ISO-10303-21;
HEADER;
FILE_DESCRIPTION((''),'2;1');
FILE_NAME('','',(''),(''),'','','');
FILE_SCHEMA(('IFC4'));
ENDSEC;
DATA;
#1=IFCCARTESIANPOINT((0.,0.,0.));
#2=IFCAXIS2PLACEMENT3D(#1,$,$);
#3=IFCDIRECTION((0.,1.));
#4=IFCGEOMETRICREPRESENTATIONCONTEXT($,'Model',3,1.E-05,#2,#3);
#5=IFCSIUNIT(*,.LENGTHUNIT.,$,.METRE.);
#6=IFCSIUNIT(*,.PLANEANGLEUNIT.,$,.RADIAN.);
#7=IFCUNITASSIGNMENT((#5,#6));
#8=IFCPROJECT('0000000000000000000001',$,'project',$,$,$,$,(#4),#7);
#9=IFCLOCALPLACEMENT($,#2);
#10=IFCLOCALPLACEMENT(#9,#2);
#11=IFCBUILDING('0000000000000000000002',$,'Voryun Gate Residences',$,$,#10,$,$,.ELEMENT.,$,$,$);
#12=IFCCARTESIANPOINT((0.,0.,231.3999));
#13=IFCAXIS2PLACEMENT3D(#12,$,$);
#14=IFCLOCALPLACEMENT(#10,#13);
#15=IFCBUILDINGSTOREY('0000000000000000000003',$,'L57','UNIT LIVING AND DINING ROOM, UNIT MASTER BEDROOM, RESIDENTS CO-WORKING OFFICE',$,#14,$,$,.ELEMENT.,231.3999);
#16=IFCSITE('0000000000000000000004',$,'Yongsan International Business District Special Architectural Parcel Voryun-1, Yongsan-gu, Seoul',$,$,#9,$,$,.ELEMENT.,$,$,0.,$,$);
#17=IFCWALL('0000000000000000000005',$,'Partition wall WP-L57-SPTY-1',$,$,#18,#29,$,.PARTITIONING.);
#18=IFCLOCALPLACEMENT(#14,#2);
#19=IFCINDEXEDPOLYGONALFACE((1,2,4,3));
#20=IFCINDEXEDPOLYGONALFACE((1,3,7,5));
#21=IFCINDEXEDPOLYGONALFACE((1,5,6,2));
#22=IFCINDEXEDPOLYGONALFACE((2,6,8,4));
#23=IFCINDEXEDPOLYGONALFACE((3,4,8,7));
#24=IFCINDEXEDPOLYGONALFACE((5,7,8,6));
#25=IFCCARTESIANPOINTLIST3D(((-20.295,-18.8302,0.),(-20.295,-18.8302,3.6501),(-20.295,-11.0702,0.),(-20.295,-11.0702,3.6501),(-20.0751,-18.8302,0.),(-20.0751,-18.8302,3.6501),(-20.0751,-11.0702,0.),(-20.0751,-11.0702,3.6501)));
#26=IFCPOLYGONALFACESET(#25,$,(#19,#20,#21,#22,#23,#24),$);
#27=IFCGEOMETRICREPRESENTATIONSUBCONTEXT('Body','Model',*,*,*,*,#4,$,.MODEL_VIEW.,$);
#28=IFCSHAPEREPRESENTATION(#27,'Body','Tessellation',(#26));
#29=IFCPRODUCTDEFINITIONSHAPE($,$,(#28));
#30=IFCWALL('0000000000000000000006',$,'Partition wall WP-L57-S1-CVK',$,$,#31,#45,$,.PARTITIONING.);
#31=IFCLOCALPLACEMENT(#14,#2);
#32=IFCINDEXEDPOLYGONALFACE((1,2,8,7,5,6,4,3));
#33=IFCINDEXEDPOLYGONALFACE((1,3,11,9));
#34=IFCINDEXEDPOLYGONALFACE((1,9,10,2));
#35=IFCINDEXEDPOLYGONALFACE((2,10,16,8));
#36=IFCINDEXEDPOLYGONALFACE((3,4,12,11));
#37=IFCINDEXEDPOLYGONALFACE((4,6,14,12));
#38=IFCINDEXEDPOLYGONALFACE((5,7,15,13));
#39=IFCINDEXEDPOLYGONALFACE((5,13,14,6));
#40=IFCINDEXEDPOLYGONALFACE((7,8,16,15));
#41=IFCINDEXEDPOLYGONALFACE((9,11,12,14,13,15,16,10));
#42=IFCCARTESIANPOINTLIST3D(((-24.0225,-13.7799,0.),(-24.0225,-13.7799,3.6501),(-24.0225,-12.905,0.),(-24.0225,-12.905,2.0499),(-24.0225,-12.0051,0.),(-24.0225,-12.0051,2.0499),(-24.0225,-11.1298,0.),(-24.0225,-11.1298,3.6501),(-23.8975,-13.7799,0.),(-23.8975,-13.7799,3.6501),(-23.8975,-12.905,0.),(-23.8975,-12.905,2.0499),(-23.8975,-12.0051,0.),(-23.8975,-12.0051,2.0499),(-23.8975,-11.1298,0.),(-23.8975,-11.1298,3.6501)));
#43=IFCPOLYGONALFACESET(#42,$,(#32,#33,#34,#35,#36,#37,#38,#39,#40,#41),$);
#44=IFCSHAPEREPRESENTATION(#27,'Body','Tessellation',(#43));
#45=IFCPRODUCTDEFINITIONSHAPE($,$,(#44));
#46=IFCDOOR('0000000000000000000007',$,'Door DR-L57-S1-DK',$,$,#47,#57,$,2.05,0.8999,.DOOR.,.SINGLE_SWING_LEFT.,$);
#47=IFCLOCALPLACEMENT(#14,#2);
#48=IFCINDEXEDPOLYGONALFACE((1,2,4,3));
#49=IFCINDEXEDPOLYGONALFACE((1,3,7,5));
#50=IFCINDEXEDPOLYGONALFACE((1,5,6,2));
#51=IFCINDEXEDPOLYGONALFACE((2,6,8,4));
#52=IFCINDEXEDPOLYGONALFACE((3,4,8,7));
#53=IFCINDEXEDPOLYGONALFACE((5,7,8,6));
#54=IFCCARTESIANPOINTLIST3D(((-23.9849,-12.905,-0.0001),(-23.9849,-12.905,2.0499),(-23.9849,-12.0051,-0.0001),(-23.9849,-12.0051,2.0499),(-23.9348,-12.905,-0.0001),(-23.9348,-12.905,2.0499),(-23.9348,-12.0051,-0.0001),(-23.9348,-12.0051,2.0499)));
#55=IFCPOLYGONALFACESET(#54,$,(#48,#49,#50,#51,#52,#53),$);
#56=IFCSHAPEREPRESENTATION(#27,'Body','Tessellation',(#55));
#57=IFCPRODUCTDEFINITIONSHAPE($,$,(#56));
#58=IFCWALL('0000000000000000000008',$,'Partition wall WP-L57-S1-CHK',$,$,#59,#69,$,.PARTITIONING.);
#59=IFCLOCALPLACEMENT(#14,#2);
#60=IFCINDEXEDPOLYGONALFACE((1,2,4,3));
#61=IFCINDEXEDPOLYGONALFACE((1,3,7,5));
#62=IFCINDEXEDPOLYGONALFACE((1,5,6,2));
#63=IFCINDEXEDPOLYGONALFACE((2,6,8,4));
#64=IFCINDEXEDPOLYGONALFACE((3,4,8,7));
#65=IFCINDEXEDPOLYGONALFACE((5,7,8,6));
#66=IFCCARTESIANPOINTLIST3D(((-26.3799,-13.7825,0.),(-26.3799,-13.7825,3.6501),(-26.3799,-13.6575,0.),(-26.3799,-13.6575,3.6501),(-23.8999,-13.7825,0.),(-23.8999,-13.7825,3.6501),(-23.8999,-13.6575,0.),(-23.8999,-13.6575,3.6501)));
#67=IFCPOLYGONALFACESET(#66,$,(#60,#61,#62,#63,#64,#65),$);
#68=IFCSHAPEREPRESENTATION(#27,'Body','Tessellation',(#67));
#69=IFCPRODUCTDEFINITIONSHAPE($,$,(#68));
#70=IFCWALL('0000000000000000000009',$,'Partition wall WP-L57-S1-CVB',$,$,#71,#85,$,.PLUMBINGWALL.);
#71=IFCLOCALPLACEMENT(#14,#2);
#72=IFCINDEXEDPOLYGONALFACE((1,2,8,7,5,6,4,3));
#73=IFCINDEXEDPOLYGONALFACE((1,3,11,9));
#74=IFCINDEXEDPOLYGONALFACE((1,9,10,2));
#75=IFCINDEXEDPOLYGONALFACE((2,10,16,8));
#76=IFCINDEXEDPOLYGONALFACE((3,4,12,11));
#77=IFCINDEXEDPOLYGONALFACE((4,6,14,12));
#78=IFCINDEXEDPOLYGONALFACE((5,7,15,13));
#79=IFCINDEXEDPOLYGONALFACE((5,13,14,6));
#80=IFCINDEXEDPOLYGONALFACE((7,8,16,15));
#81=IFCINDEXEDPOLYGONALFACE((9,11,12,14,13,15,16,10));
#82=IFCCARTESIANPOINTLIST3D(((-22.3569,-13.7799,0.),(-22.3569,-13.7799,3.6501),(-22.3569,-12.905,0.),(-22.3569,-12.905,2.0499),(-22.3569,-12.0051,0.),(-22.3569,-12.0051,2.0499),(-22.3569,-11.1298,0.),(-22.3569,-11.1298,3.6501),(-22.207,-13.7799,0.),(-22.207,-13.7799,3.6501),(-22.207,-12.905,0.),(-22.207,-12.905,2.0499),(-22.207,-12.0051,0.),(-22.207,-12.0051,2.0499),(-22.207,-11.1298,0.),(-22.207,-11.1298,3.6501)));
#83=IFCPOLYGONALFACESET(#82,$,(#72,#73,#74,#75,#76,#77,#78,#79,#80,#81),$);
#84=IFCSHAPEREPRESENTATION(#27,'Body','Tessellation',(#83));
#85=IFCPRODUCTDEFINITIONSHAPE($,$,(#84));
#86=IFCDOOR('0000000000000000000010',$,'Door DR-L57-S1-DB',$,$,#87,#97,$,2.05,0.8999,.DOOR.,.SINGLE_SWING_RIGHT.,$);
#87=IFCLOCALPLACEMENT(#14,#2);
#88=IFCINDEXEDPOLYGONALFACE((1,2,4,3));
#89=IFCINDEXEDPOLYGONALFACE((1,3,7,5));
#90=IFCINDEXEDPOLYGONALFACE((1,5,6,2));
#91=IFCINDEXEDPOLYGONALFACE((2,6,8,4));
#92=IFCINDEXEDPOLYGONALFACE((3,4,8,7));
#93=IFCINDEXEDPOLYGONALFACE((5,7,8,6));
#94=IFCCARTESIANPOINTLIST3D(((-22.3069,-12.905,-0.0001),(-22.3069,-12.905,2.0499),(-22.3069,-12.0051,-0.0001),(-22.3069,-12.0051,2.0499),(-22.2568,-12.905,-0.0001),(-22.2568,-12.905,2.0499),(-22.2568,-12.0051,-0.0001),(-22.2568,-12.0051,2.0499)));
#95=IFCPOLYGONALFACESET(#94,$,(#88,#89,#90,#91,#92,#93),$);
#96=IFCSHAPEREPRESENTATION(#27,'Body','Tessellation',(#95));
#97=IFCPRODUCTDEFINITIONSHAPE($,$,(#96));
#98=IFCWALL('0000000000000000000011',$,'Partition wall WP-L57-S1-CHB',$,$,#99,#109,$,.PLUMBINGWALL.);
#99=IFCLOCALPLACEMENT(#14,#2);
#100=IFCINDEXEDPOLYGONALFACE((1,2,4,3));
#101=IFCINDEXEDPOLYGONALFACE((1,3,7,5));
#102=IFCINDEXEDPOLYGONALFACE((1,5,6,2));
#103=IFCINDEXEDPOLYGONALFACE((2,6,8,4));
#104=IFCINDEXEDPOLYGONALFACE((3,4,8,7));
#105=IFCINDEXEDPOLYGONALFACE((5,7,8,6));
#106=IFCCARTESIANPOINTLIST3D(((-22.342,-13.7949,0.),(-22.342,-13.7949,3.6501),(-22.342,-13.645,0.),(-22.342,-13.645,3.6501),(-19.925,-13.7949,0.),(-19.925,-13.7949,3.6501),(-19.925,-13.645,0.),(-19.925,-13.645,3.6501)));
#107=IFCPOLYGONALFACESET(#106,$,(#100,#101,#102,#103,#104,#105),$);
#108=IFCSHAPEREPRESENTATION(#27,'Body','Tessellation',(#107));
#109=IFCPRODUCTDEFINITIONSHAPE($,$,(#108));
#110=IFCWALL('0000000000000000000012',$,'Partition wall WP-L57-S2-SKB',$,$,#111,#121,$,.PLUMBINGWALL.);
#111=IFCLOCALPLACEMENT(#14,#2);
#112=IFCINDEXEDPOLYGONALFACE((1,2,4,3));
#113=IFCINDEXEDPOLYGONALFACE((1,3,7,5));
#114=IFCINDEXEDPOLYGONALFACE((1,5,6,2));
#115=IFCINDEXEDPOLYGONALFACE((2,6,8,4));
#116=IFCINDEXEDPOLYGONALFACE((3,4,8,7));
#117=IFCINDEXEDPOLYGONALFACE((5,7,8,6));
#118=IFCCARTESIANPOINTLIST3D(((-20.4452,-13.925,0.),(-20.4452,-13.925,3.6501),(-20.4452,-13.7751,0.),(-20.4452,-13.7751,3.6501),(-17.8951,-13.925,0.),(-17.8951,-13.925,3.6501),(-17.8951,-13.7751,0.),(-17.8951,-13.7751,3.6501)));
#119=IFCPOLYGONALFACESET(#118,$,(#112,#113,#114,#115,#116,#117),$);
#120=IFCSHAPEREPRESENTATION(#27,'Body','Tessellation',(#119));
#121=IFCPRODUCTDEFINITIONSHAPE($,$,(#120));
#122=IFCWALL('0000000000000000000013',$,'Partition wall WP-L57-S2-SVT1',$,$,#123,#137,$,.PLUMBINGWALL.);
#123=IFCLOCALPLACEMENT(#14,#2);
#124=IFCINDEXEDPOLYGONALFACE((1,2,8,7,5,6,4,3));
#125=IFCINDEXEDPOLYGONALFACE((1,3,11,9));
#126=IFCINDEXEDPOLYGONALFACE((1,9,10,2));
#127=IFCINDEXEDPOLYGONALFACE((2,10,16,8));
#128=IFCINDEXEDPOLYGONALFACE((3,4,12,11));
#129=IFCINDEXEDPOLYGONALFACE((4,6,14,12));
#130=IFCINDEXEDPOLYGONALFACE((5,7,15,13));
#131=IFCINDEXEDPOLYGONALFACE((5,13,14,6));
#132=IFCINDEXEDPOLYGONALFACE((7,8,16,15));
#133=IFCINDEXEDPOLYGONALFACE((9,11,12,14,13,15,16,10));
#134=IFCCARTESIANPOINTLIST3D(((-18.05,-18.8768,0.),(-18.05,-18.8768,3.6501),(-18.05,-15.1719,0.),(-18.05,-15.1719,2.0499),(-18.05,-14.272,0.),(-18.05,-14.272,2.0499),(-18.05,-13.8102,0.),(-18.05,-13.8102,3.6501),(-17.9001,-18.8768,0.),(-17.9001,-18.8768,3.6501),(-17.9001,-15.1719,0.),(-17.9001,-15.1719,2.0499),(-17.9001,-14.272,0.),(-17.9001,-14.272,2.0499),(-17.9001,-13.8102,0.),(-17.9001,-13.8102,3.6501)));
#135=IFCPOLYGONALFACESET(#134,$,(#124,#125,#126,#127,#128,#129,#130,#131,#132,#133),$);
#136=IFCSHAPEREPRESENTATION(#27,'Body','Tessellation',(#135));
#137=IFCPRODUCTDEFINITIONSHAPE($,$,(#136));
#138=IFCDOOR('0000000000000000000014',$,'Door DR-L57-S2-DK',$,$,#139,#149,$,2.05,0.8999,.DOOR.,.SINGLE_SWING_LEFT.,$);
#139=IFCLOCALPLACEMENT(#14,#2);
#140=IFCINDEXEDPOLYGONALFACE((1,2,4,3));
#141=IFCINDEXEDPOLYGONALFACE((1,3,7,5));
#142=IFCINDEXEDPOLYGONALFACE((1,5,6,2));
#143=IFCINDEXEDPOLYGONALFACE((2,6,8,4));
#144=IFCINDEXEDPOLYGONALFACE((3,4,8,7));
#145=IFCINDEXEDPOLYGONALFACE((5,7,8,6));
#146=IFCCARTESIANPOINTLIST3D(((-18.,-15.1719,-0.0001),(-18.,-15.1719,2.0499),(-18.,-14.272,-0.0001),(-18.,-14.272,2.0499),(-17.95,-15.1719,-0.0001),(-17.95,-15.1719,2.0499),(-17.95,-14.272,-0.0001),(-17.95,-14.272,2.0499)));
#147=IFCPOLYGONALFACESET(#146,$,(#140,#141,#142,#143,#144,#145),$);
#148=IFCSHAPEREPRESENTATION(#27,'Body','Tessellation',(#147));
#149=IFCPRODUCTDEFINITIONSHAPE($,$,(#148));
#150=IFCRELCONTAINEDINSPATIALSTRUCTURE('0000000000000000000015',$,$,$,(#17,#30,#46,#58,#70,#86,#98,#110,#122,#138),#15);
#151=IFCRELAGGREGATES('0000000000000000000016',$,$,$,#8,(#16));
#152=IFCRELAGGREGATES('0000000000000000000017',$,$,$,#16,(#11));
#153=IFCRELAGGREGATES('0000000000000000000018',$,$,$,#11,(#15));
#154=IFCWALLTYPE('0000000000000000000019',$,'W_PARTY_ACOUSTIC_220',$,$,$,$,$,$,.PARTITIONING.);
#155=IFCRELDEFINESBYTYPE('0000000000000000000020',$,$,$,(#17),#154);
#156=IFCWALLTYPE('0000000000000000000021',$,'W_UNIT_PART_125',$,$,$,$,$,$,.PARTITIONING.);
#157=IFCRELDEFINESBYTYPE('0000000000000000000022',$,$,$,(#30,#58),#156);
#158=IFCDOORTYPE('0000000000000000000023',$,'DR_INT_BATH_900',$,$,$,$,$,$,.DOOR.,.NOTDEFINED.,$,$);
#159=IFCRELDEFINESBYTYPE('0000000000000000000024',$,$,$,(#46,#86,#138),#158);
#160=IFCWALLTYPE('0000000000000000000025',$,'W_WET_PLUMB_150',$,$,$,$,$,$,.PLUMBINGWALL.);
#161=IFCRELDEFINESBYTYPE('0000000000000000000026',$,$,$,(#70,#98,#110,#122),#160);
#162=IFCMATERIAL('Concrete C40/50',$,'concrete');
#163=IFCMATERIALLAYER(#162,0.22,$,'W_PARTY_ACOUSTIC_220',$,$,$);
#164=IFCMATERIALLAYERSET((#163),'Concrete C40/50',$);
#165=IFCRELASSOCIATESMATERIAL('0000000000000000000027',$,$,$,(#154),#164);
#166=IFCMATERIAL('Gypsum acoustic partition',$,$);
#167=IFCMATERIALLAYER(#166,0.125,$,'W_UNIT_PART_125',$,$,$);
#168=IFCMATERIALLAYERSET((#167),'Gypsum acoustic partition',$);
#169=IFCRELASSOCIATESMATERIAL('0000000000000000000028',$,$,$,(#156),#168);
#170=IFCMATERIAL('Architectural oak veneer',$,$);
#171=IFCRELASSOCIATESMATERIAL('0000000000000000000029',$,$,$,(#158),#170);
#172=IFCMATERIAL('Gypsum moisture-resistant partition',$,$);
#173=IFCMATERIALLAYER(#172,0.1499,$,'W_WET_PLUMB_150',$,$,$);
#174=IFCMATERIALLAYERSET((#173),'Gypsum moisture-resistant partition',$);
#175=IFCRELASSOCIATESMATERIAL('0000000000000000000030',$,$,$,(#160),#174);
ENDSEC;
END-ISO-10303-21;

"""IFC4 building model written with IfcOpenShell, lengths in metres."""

from ifc_helpers import new_model, si_unit, direction, frame, frame_2d, origin, place, context, subcontext, project, spatial, rectangle, extrude, material, layer, layer_set, type_object, element, fill, save


model = new_model("IFC4")

# Units and contexts
model_context = context("Model", 3, precision=1e-05, world=origin(), true_north=direction((0.0, 1.0)))
body_context = subcontext(model_context, "Body", "Model", "MODEL_VIEW")
ifc_project = project(units=[si_unit("LENGTHUNIT", "METRE"), si_unit("PLANEANGLEUNIT", "RADIAN")], contexts=[model_context])

# Site, building, storey
site_placement = place(None, origin())
site = spatial("IfcSite", under=ifc_project, at=site_placement, Name="Yongsan International Business District Special Architectural Parcel Voryun-1, Yongsan-gu, Seoul", CompositionType="ELEMENT", RefElevation=0.0)
building_placement = place(site_placement, origin())
building = spatial("IfcBuilding", under=site, at=building_placement, Name="Voryun Gate Residences", CompositionType="ELEMENT")
storey_placement = place(building_placement, frame((0.0, 0.0, 231.3999)))
storey = spatial("IfcBuildingStorey", under=building, at=storey_placement, Name="L57", Description="UNIT LIVING AND DINING ROOM, UNIT MASTER BEDROOM, RESIDENTS CO-WORKING OFFICE", CompositionType="ELEMENT", Elevation=231.3999)

# Wall
ifc_material_1 = material(Name="Concrete C40/50", Category="concrete")
ifc_layer_1 = layer(ifc_material_1, 0.22, Name="W_PARTY_ACOUSTIC_220")
ifc_layer_set_1 = layer_set([ifc_layer_1], Name="Concrete C40/50")
wall_type_1 = type_object("IfcWallType", Name="W_PARTY_ACOUSTIC_220", PredefinedType="PARTITIONING", material=ifc_layer_set_1)
wall_1_placement = place(storey_placement, frame((-20.1851, -18.8301, 0.0), z_axis=(0.0, 0.0, 1.0), x_axis=(0.0, 1.0, 0.0)))
element("IfcWall", 1, at=wall_1_placement, inside=storey, type_object=wall_type_1, Name="Partition wall WP-L57-SPTY-1", PredefinedType="PARTITIONING", context=body_context, shape_type="SweptSolid", body=[
    extrude(rectangle(XDim=7.76, YDim=0.22, at=frame_2d((3.8799, 0.0))), origin(), (0.0, 0.0, 1.0), 3.6501),
])

# Wall, opening, door
ifc_material_2 = material(Name="Gypsum acoustic partition")
ifc_layer_2 = layer(ifc_material_2, 0.125, Name="W_UNIT_PART_125")
ifc_layer_set_2 = layer_set([ifc_layer_2], Name="Gypsum acoustic partition")
wall_type_2 = type_object("IfcWallType", Name="W_UNIT_PART_125", PredefinedType="PARTITIONING", material=ifc_layer_set_2)
wall_2_placement = place(storey_placement, frame((-23.96, -13.78, 0.0), z_axis=(0.0, 0.0, 1.0), x_axis=(0.0, 1.0, 0.0)))
wall_2 = element("IfcWall", 2, at=wall_2_placement, inside=storey, type_object=wall_type_2, Name="Partition wall WP-L57-S1-CVK", PredefinedType="PARTITIONING", context=body_context, shape_type="SweptSolid", body=[
    extrude(rectangle(XDim=2.6501, YDim=0.125, at=frame_2d((1.3252, 0.0))), origin(), (0.0, 0.0, 1.0), 3.6501),
])
opening_1_placement = place(wall_2_placement, frame((0.875, 0.0, 0.0)))
opening_1 = element("IfcOpeningElement", 3, at=opening_1_placement, cuts=wall_2, PredefinedType="OPENING", context=body_context, shape_type="SweptSolid", body=[
    extrude(rectangle(XDim=0.8999, YDim=2.05, at=frame_2d((0.45, 1.0249))), frame((0.0, 0.0725, 0.0), z_axis=(0.0, -1.0, 0.0), x_axis=(1.0, 0.0, 0.0)), (0.0, 0.0, 1.0), 0.145),
])
ifc_material_3 = material(Name="Architectural oak veneer")
door_type = type_object("IfcDoorType", Name="DR_INT_BATH_900", OperationType="NOTDEFINED", PredefinedType="DOOR", material=ifc_material_3)
door_1_placement = place(opening_1_placement, origin())
door_1 = element("IfcDoor", 4, at=door_1_placement, inside=storey, type_object=door_type, Name="Door DR-L57-S1-DK", OperationType="SINGLE_SWING_LEFT", OverallHeight=2.05, OverallWidth=0.8999, PredefinedType="DOOR", context=body_context, shape_type="SweptSolid", body=[
    extrude(rectangle(XDim=0.8999, YDim=2.05, at=frame_2d((0.45, 1.0249))), frame((0.0, 0.0249, 0.0), z_axis=(0.0, -1.0, 0.0), x_axis=(1.0, 0.0, 0.0)), (0.0, 0.0, 1.0), 0.05),
])
fill(opening_1, door_1)

# Wall
wall_3_placement = place(storey_placement, frame((-26.3799, -13.72, 0.0), z_axis=(0.0, 0.0, 1.0), x_axis=(1.0, 0.0, 0.0)))
element("IfcWall", 5, at=wall_3_placement, inside=storey, type_object=wall_type_2, Name="Partition wall WP-L57-S1-CHK", PredefinedType="PARTITIONING", context=body_context, shape_type="SweptSolid", body=[
    extrude(rectangle(XDim=2.48, YDim=0.125, at=frame_2d((1.24, 0.0))), origin(), (0.0, 0.0, 1.0), 3.6501),
])

# Wall, opening, door
ifc_material_4 = material(Name="Gypsum moisture-resistant partition")
ifc_layer_3 = layer(ifc_material_4, 0.1499, Name="W_WET_PLUMB_150")
ifc_layer_set_3 = layer_set([ifc_layer_3], Name="Gypsum moisture-resistant partition")
wall_type_3 = type_object("IfcWallType", Name="W_WET_PLUMB_150", PredefinedType="PLUMBINGWALL", material=ifc_layer_set_3)
wall_4_placement = place(storey_placement, frame((-22.282, -13.78, 0.0), z_axis=(0.0, 0.0, 1.0), x_axis=(0.0, 1.0, 0.0)))
wall_4 = element("IfcWall", 6, at=wall_4_placement, inside=storey, type_object=wall_type_3, Name="Partition wall WP-L57-S1-CVB", PredefinedType="PLUMBINGWALL", context=body_context, shape_type="SweptSolid", body=[
    extrude(rectangle(XDim=2.6501, YDim=0.1499, at=frame_2d((1.3252, 0.0))), origin(), (0.0, 0.0, 1.0), 3.6501),
])
opening_2_placement = place(wall_4_placement, frame((0.875, 0.0, 0.0)))
opening_2 = element("IfcOpeningElement", 7, at=opening_2_placement, cuts=wall_4, PredefinedType="OPENING", context=body_context, shape_type="SweptSolid", body=[
    extrude(rectangle(XDim=0.8999, YDim=2.05, at=frame_2d((0.45, 1.0249))), frame((0.0, 0.085, 0.0), z_axis=(0.0, -1.0, 0.0), x_axis=(1.0, 0.0, 0.0)), (0.0, 0.0, 1.0), 0.1699),
])
door_2_placement = place(opening_2_placement, origin())
door_2 = element("IfcDoor", 8, at=door_2_placement, inside=storey, type_object=door_type, Name="Door DR-L57-S1-DB", OperationType="SINGLE_SWING_RIGHT", OverallHeight=2.05, OverallWidth=0.8999, PredefinedType="DOOR", context=body_context, shape_type="SweptSolid", body=[
    extrude(rectangle(XDim=0.8999, YDim=2.05, at=frame_2d((0.45, 1.0249))), frame((0.0, 0.0249, 0.0), z_axis=(0.0, -1.0, 0.0), x_axis=(1.0, 0.0, 0.0)), (0.0, 0.0, 1.0), 0.05),
])
fill(opening_2, door_2)

# Walls
wall_5_placement = place(storey_placement, frame((-22.342, -13.72, 0.0), z_axis=(0.0, 0.0, 1.0), x_axis=(1.0, 0.0, 0.0)))
element("IfcWall", 9, at=wall_5_placement, inside=storey, type_object=wall_type_3, Name="Partition wall WP-L57-S1-CHB", PredefinedType="PLUMBINGWALL", context=body_context, shape_type="SweptSolid", body=[
    extrude(rectangle(XDim=2.417, YDim=0.1499, at=frame_2d((1.2085, 0.0))), origin(), (0.0, 0.0, 1.0), 3.6501),
])
wall_6_placement = place(storey_placement, frame((-20.4451, -13.8501, 0.0), z_axis=(0.0, 0.0, 1.0), x_axis=(1.0, 0.0, 0.0)))
element("IfcWall", 10, at=wall_6_placement, inside=storey, type_object=wall_type_3, Name="Partition wall WP-L57-S2-SKB", PredefinedType="PLUMBINGWALL", context=body_context, shape_type="SweptSolid", body=[
    extrude(rectangle(XDim=2.55, YDim=0.1499, at=frame_2d((1.2749, 0.0))), origin(), (0.0, 0.0, 1.0), 3.6501),
])

# Wall, opening, door
wall_7_placement = place(storey_placement, frame((-17.9751, -18.8767, 0.0), z_axis=(0.0, 0.0, 1.0), x_axis=(0.0, 1.0, 0.0)))
wall_7 = element("IfcWall", 11, at=wall_7_placement, inside=storey, type_object=wall_type_3, Name="Partition wall WP-L57-S2-SVT1", PredefinedType="PLUMBINGWALL", context=body_context, shape_type="SweptSolid", body=[
    extrude(rectangle(XDim=5.0667, YDim=0.1499, at=frame_2d((2.5332, 0.0))), origin(), (0.0, 0.0, 1.0), 3.6501),
])
opening_3_placement = place(wall_7_placement, frame((3.7048, 0.0, 0.0)))
opening_3 = element("IfcOpeningElement", 12, at=opening_3_placement, cuts=wall_7, PredefinedType="OPENING", context=body_context, shape_type="SweptSolid", body=[
    extrude(rectangle(XDim=0.8999, YDim=2.05, at=frame_2d((0.45, 1.0249))), frame((0.0, 0.085, 0.0), z_axis=(0.0, -1.0, 0.0), x_axis=(1.0, 0.0, 0.0)), (0.0, 0.0, 1.0), 0.1699),
])
door_3_placement = place(opening_3_placement, origin())
door_3 = element("IfcDoor", 13, at=door_3_placement, inside=storey, type_object=door_type, Name="Door DR-L57-S2-DK", OperationType="SINGLE_SWING_LEFT", OverallHeight=2.05, OverallWidth=0.8999, PredefinedType="DOOR", context=body_context, shape_type="SweptSolid", body=[
    extrude(rectangle(XDim=0.8999, YDim=2.05, at=frame_2d((0.45, 1.0249))), frame((0.0, 0.0249, 0.0), z_axis=(0.0, -1.0, 0.0), x_axis=(1.0, 0.0, 0.0)), (0.0, 0.0, 1.0), 0.05),
])
fill(opening_3, door_3)

save(model, "model.ifc")
